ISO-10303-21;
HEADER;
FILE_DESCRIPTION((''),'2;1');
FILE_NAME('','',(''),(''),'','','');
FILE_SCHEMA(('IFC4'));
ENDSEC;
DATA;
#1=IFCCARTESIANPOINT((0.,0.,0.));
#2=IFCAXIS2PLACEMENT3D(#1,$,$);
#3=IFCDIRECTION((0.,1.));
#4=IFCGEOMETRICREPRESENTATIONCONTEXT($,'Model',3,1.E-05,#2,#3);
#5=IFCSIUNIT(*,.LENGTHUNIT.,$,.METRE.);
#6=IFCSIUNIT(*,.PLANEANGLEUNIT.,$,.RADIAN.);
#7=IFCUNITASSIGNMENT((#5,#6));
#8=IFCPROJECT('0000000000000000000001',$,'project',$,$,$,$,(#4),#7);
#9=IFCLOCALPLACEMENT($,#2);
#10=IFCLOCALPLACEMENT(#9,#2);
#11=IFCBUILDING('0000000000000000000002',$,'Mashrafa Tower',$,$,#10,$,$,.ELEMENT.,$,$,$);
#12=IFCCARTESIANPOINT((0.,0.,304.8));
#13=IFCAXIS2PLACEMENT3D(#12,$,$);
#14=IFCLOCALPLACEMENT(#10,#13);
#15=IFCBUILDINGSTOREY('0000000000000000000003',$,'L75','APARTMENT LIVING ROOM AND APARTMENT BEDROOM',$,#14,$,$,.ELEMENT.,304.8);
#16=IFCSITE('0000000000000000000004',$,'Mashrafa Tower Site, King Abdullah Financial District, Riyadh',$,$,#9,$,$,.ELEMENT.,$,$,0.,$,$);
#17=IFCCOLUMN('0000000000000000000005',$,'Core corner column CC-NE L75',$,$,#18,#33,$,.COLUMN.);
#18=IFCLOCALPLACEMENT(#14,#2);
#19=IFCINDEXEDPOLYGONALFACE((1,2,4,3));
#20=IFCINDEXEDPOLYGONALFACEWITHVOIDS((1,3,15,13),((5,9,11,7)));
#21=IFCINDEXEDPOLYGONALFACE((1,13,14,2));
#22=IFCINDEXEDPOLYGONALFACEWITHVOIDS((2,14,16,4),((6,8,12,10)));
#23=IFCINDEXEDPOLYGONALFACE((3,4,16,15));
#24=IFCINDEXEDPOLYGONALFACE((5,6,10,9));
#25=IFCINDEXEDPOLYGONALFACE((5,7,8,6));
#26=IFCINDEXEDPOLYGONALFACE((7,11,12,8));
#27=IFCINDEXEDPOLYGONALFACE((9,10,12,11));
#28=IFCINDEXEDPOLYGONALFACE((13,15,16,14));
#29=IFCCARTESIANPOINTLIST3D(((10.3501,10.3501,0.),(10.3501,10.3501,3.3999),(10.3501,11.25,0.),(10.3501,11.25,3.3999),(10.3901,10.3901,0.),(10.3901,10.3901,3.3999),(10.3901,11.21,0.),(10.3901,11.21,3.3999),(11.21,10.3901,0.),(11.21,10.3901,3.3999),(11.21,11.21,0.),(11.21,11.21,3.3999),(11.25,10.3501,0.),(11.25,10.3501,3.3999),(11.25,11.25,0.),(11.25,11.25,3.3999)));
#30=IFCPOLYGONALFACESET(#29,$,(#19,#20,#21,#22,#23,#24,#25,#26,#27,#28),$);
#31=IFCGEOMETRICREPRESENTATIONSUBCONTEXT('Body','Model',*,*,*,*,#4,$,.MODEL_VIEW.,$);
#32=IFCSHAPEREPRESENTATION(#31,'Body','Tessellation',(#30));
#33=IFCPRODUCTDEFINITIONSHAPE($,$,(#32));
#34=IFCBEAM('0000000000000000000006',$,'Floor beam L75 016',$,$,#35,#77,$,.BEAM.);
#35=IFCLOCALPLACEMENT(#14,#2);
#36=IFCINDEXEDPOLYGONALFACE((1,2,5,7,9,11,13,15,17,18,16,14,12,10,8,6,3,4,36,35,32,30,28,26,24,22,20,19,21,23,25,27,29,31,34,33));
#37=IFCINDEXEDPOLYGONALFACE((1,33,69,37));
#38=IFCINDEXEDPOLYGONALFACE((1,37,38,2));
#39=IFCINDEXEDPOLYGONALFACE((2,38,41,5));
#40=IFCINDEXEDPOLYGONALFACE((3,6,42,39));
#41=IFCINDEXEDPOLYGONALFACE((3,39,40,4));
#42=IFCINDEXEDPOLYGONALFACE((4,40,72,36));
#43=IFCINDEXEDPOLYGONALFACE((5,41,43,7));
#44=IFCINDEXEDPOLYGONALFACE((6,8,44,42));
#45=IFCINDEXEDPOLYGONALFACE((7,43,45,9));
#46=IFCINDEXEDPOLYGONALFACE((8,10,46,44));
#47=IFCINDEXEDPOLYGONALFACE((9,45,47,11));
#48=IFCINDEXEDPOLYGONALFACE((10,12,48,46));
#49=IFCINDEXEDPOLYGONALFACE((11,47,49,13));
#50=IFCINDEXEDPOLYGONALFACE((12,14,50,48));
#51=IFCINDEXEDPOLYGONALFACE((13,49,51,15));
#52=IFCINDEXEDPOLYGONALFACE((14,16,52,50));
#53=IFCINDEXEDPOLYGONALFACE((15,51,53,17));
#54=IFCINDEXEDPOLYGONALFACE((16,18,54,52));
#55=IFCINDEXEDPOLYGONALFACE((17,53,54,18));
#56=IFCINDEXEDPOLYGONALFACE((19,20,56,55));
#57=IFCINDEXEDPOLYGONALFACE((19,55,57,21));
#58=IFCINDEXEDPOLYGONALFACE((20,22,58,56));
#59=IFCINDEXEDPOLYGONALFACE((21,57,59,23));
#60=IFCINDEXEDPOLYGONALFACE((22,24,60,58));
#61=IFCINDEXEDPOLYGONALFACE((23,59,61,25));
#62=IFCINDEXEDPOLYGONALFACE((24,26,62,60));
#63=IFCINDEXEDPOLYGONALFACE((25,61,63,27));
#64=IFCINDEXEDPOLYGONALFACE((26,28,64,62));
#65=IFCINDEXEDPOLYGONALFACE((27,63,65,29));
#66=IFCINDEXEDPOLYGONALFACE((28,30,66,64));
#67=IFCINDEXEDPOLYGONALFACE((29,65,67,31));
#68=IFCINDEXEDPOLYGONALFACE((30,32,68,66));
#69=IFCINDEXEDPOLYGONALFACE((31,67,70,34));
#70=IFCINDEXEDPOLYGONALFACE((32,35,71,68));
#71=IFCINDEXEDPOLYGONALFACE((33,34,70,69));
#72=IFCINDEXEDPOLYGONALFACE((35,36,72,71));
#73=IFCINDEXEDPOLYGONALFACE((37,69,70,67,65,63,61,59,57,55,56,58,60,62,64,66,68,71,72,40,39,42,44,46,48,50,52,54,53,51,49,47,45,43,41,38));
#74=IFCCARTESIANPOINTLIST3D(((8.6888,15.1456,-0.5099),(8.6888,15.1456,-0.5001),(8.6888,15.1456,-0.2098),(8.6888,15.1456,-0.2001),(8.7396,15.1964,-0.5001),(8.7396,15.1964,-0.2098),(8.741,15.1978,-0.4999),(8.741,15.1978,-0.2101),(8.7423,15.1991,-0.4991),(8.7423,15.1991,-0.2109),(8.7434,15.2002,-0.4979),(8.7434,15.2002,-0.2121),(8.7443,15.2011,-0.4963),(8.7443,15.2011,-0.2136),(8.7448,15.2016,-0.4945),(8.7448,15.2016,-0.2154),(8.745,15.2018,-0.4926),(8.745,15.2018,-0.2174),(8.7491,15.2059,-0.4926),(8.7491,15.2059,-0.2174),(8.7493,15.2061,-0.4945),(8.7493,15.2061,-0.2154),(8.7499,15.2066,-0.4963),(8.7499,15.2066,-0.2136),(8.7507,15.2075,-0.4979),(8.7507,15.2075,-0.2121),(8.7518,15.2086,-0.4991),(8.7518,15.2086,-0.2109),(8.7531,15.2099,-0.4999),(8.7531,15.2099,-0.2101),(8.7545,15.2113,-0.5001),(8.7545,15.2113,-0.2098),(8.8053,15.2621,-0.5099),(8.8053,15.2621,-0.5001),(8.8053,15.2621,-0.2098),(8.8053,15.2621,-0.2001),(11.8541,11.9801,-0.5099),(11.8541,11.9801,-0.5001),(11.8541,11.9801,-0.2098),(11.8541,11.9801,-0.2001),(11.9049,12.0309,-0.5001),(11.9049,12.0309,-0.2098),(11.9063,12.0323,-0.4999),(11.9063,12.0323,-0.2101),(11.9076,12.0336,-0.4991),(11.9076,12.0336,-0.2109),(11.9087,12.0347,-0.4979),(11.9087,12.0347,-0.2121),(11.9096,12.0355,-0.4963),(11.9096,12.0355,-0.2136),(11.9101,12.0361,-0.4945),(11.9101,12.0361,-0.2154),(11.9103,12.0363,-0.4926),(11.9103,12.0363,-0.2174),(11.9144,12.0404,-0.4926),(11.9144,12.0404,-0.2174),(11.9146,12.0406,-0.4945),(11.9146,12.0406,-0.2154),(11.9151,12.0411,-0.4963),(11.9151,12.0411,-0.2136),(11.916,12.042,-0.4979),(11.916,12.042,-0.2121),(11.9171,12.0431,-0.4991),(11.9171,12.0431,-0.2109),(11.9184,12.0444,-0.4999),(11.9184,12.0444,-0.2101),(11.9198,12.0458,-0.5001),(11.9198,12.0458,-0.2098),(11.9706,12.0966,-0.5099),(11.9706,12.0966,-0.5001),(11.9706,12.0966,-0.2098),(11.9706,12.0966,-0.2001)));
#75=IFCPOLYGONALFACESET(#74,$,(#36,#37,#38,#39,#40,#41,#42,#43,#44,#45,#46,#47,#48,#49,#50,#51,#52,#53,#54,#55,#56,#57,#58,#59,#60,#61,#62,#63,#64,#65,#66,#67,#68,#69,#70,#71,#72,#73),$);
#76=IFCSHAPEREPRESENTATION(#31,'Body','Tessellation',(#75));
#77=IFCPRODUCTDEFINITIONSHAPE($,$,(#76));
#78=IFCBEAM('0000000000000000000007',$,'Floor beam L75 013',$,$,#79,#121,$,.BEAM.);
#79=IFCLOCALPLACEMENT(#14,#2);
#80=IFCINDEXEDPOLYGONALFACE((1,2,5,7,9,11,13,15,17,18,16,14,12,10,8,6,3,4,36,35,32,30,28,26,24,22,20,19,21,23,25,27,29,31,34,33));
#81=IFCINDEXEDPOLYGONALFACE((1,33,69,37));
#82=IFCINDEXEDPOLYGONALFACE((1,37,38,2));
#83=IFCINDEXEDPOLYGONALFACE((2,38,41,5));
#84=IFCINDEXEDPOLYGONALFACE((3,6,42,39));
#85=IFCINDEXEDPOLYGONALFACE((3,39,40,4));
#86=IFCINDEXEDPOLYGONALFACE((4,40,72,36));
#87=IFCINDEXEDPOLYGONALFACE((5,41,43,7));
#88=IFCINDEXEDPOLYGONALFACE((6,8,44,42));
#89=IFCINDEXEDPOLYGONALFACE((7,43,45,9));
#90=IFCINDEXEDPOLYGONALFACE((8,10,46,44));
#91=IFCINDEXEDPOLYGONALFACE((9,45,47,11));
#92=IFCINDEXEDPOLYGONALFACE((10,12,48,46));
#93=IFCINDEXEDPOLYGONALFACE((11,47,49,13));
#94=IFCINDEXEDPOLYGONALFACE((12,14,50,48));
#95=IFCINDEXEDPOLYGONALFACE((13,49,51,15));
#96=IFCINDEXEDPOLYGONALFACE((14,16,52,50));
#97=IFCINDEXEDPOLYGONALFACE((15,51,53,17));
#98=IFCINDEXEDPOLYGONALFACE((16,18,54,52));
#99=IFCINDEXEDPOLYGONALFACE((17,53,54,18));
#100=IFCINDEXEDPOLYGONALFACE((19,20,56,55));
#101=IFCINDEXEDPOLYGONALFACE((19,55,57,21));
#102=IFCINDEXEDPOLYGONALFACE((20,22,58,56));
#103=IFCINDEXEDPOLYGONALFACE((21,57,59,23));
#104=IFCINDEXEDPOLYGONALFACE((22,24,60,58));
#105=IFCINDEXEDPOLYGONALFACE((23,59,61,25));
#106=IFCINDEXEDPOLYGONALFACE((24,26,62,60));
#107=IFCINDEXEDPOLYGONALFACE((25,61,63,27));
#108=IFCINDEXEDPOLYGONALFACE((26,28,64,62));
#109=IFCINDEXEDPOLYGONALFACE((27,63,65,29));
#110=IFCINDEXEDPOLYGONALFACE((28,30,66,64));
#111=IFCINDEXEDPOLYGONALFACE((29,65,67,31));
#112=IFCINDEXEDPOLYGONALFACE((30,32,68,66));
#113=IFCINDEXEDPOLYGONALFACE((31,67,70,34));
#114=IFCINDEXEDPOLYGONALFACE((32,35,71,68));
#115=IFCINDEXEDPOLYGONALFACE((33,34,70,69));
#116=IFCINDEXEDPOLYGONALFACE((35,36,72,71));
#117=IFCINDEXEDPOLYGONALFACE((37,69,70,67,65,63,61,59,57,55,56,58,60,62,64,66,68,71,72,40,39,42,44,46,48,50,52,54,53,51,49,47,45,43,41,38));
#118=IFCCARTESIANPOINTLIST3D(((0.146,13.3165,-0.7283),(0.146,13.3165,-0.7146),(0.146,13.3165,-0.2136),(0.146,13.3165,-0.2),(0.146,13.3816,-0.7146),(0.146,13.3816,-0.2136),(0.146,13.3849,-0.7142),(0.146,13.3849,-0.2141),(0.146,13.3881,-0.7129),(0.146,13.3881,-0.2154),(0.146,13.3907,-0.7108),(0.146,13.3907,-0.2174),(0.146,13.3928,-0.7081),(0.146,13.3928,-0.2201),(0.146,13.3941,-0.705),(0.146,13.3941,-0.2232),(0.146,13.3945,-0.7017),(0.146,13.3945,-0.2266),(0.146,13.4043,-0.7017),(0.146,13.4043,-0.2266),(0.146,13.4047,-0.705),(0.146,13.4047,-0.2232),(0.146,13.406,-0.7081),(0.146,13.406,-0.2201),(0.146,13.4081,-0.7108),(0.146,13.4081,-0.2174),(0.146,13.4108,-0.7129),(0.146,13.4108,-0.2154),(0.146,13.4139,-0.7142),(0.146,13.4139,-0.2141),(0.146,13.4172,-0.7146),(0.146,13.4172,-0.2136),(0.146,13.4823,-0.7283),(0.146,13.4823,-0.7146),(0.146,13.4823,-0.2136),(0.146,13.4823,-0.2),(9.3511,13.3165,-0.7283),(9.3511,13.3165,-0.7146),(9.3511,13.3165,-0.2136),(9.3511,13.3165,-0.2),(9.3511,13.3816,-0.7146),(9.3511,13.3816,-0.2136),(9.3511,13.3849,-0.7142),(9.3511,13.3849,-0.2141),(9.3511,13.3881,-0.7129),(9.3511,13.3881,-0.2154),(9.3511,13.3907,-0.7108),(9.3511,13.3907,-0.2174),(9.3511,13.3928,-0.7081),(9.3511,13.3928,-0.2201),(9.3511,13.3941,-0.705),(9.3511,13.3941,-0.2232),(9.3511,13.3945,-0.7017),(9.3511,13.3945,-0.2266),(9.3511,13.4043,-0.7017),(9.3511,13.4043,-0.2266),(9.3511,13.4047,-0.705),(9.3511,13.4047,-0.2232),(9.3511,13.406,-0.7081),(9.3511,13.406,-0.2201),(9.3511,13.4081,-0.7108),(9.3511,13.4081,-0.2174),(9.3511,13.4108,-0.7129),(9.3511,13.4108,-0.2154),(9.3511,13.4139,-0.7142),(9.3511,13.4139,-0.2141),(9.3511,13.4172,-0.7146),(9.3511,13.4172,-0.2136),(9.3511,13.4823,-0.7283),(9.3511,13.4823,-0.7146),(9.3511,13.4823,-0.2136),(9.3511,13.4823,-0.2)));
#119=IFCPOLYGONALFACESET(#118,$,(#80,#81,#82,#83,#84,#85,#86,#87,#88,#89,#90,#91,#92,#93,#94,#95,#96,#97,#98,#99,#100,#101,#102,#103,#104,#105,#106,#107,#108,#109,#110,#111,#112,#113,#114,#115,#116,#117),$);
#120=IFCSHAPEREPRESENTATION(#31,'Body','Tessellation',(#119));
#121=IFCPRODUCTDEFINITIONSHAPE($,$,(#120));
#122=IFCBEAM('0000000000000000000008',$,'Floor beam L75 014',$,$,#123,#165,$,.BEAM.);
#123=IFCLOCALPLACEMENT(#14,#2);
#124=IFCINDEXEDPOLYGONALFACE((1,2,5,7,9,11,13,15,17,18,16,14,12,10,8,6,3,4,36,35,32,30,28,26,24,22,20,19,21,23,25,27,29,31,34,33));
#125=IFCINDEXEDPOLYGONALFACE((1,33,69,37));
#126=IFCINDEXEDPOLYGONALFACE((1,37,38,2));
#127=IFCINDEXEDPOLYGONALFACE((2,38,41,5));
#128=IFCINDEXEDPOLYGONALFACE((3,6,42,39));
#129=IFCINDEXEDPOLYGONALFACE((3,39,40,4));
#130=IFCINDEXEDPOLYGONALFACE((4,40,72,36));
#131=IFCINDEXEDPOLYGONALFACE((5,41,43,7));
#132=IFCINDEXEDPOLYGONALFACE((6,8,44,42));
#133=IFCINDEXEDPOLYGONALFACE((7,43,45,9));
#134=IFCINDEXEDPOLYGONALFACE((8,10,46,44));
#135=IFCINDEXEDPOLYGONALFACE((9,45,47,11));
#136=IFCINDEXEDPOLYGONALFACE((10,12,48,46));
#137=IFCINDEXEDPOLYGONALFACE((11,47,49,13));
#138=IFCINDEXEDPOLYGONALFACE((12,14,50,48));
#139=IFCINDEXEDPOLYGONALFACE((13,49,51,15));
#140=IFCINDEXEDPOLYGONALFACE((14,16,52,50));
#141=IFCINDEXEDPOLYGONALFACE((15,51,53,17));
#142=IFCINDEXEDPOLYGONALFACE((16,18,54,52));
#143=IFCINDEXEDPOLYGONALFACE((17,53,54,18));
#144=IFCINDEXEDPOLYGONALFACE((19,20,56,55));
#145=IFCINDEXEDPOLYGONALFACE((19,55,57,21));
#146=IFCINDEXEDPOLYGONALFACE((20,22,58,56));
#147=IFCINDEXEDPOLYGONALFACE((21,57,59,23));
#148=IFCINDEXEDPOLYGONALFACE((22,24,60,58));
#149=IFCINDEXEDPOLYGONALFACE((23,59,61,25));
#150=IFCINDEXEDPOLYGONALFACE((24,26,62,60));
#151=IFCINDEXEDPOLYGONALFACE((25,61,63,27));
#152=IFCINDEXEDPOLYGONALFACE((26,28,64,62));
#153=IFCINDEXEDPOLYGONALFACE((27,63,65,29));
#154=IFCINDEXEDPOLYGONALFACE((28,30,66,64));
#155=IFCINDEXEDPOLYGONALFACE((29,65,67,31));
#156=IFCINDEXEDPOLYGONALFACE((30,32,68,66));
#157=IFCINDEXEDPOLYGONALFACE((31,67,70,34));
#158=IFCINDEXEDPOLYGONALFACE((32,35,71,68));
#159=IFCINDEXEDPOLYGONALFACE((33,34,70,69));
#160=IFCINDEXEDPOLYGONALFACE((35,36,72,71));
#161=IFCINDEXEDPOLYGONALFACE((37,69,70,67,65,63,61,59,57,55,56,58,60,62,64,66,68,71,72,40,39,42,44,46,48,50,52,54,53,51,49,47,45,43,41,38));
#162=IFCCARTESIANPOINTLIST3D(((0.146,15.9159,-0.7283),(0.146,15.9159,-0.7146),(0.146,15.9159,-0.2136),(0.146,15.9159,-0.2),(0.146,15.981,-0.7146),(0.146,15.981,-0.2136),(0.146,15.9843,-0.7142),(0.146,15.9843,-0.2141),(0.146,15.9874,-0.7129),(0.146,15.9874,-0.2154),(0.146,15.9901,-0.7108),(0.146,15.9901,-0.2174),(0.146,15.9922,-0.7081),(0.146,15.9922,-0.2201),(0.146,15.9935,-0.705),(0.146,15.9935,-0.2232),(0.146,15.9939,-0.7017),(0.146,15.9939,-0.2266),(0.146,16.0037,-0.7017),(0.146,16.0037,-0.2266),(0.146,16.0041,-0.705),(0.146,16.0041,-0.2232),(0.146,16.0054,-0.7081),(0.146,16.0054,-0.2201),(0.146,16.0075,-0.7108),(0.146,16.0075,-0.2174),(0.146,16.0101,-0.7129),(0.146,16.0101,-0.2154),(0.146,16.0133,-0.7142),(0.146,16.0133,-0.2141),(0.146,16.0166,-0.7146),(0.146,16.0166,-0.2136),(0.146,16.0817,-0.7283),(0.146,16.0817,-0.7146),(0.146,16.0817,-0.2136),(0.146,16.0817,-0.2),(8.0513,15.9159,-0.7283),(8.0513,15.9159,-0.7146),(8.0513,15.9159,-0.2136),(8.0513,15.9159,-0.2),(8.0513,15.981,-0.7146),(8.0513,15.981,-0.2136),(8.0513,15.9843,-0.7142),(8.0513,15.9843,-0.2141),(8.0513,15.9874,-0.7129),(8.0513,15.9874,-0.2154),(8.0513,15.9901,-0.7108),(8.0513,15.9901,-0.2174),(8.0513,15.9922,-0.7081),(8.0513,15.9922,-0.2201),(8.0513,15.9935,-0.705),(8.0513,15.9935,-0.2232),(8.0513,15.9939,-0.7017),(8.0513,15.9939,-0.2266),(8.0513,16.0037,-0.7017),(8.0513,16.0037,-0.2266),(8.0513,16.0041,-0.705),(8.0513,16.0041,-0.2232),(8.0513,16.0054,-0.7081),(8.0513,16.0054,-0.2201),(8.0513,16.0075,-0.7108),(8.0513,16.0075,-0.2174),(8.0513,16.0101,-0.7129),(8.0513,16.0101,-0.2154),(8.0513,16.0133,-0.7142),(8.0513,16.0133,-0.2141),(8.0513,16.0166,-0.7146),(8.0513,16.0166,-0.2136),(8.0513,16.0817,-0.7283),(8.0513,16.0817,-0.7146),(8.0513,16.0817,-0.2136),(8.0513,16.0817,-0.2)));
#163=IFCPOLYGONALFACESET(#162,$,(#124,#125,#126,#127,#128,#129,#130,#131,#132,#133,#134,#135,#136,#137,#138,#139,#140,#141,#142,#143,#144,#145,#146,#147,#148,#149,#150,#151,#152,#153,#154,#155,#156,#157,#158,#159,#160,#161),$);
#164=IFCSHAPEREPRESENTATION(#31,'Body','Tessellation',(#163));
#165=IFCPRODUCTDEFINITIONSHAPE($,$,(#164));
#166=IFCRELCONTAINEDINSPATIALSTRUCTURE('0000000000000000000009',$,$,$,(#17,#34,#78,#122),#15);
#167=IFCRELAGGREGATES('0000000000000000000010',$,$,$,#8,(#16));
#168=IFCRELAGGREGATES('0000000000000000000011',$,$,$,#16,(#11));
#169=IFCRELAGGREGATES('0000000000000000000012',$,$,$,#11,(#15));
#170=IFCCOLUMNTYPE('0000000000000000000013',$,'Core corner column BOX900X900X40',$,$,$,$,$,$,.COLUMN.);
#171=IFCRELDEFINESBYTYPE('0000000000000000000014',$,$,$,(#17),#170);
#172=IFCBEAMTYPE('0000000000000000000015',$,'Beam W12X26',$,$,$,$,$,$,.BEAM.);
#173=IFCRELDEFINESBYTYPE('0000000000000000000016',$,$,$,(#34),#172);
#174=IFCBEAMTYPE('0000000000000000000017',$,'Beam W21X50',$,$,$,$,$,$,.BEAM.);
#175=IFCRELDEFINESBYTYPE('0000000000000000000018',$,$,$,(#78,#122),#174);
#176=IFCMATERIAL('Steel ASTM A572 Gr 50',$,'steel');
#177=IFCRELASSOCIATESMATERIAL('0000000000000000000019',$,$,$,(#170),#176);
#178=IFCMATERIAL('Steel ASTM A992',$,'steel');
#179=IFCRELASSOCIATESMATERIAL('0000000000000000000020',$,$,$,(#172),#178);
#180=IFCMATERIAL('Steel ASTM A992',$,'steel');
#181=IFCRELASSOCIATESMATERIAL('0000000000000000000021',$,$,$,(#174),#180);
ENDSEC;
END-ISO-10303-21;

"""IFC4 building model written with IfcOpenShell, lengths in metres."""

from ifc_helpers import new_model, si_unit, direction, frame, origin, origin_2d, place, context, subcontext, project, spatial, hollow_rectangle, i_section, extrude, material, material_profile, profile_set, type_object, element, save


model = new_model("IFC4")

# Units and contexts
model_context = context("Model", 3, precision=1e-05, world=origin(), true_north=direction((0.0, 1.0)))
body_context = subcontext(model_context, "Body", "Model", "MODEL_VIEW")
ifc_project = project(units=[si_unit("LENGTHUNIT", "METRE"), si_unit("PLANEANGLEUNIT", "RADIAN")], contexts=[model_context])

# Site, building, storey
site_placement = place(None, origin())
site = spatial("IfcSite", under=ifc_project, at=site_placement, Name="Mashrafa Tower Site, King Abdullah Financial District, Riyadh", CompositionType="ELEMENT", RefElevation=0.0)
building_placement = place(site_placement, origin())
building = spatial("IfcBuilding", under=site, at=building_placement, Name="Mashrafa Tower", CompositionType="ELEMENT")
storey_placement = place(building_placement, frame((0.0, 0.0, 304.8)))
storey = spatial("IfcBuildingStorey", under=building, at=storey_placement, Name="L75", Description="APARTMENT LIVING ROOM AND APARTMENT BEDROOM", CompositionType="ELEMENT", Elevation=304.8)

# Column
ifc_material_1 = material(Name="Steel ASTM A572 Gr 50", Category="steel")
ifc_material_profile_1 = material_profile(ifc_material_1, hollow_rectangle(XDim=0.8999, YDim=0.8999, WallThickness=0.04, at=origin_2d()), Name="BOX900X900X40")
ifc_profile_set_1 = profile_set([ifc_material_profile_1], Name="Steel ASTM A572 Gr 50")
column_type = type_object("IfcColumnType", Name="Core corner column BOX900X900X40", PredefinedType="COLUMN", material=ifc_profile_set_1)
column_placement = place(storey_placement, frame((10.8, 10.8, 0.0), z_axis=(0.0, 0.0, 1.0), x_axis=(1.0, 0.0, 0.0)))
element("IfcColumn", 1, at=column_placement, inside=storey, type_object=column_type, Name="Core corner column CC-NE L75", PredefinedType="COLUMN", context=body_context, shape_type="SweptSolid", body=[
    extrude(hollow_rectangle(XDim=0.8999, YDim=0.8999, WallThickness=0.04, at=origin_2d()), origin(), (0.0, 0.0, 1.0), 3.3999),
])

# Beams
ifc_material_2 = material(Name="Steel ASTM A992", Category="steel")
ifc_material_profile_2 = material_profile(ifc_material_2, i_section(OverallWidth=0.1648, OverallDepth=0.3098, WebThickness=0.0059, FlangeThickness=0.0098, FilletRadius=0.0076, at=origin_2d()), Name="W12X26")
ifc_profile_set_2 = profile_set([ifc_material_profile_2], Name="Steel ASTM A992")
beam_type_1 = type_object("IfcBeamType", Name="Beam W12X26", PredefinedType="BEAM", material=ifc_profile_set_2)
beam_1_placement = place(storey_placement, frame((8.7471, 15.2039, -0.355), z_axis=(0.70708, -0.707134, 0.0), x_axis=(0.707134, 0.70708, 0.0)))
element("IfcBeam", 2, at=beam_1_placement, inside=storey, type_object=beam_type_1, Name="Floor beam L75 016", PredefinedType="BEAM", context=body_context, shape_type="SweptSolid", body=[
    extrude(i_section(OverallWidth=0.1648, OverallDepth=0.3098, WebThickness=0.0059, FlangeThickness=0.0098, FilletRadius=0.0076, at=origin_2d()), origin(), (0.0, 0.0, 1.0), 4.4766),
])
ifc_material_3 = material(Name="Steel ASTM A992", Category="steel")
ifc_material_profile_3 = material_profile(ifc_material_3, i_section(OverallWidth=0.1658, OverallDepth=0.5283, WebThickness=0.0098, FlangeThickness=0.0137, FilletRadius=0.0129, at=origin_2d()), Name="W21X50")
ifc_profile_set_3 = profile_set([ifc_material_profile_3], Name="Steel ASTM A992")
beam_type_2 = type_object("IfcBeamType", Name="Beam W21X50", PredefinedType="BEAM", material=ifc_profile_set_3)
beam_2_placement = place(storey_placement, frame((0.146, 13.3994, -0.4641), z_axis=(1.0, 0.0, 0.0), x_axis=(0.0, 1.0, 0.0)))
element("IfcBeam", 3, at=beam_2_placement, inside=storey, type_object=beam_type_2, Name="Floor beam L75 013", PredefinedType="BEAM", context=body_context, shape_type="SweptSolid", body=[
    extrude(i_section(OverallWidth=0.1658, OverallDepth=0.5283, WebThickness=0.0098, FlangeThickness=0.0137, FilletRadius=0.0129, at=origin_2d()), origin(), (0.0, 0.0, 1.0), 9.2051),
])
beam_3_placement = place(storey_placement, frame((0.146, 15.9988, -0.4641), z_axis=(1.0, 0.0, 0.0), x_axis=(0.0, 1.0, 0.0)))
element("IfcBeam", 4, at=beam_3_placement, inside=storey, type_object=beam_type_2, Name="Floor beam L75 014", PredefinedType="BEAM", context=body_context, shape_type="SweptSolid", body=[
    extrude(i_section(OverallWidth=0.1658, OverallDepth=0.5283, WebThickness=0.0098, FlangeThickness=0.0137, FilletRadius=0.0129, at=origin_2d()), origin(), (0.0, 0.0, 1.0), 7.9053),
])

save(model, "model.ifc")
